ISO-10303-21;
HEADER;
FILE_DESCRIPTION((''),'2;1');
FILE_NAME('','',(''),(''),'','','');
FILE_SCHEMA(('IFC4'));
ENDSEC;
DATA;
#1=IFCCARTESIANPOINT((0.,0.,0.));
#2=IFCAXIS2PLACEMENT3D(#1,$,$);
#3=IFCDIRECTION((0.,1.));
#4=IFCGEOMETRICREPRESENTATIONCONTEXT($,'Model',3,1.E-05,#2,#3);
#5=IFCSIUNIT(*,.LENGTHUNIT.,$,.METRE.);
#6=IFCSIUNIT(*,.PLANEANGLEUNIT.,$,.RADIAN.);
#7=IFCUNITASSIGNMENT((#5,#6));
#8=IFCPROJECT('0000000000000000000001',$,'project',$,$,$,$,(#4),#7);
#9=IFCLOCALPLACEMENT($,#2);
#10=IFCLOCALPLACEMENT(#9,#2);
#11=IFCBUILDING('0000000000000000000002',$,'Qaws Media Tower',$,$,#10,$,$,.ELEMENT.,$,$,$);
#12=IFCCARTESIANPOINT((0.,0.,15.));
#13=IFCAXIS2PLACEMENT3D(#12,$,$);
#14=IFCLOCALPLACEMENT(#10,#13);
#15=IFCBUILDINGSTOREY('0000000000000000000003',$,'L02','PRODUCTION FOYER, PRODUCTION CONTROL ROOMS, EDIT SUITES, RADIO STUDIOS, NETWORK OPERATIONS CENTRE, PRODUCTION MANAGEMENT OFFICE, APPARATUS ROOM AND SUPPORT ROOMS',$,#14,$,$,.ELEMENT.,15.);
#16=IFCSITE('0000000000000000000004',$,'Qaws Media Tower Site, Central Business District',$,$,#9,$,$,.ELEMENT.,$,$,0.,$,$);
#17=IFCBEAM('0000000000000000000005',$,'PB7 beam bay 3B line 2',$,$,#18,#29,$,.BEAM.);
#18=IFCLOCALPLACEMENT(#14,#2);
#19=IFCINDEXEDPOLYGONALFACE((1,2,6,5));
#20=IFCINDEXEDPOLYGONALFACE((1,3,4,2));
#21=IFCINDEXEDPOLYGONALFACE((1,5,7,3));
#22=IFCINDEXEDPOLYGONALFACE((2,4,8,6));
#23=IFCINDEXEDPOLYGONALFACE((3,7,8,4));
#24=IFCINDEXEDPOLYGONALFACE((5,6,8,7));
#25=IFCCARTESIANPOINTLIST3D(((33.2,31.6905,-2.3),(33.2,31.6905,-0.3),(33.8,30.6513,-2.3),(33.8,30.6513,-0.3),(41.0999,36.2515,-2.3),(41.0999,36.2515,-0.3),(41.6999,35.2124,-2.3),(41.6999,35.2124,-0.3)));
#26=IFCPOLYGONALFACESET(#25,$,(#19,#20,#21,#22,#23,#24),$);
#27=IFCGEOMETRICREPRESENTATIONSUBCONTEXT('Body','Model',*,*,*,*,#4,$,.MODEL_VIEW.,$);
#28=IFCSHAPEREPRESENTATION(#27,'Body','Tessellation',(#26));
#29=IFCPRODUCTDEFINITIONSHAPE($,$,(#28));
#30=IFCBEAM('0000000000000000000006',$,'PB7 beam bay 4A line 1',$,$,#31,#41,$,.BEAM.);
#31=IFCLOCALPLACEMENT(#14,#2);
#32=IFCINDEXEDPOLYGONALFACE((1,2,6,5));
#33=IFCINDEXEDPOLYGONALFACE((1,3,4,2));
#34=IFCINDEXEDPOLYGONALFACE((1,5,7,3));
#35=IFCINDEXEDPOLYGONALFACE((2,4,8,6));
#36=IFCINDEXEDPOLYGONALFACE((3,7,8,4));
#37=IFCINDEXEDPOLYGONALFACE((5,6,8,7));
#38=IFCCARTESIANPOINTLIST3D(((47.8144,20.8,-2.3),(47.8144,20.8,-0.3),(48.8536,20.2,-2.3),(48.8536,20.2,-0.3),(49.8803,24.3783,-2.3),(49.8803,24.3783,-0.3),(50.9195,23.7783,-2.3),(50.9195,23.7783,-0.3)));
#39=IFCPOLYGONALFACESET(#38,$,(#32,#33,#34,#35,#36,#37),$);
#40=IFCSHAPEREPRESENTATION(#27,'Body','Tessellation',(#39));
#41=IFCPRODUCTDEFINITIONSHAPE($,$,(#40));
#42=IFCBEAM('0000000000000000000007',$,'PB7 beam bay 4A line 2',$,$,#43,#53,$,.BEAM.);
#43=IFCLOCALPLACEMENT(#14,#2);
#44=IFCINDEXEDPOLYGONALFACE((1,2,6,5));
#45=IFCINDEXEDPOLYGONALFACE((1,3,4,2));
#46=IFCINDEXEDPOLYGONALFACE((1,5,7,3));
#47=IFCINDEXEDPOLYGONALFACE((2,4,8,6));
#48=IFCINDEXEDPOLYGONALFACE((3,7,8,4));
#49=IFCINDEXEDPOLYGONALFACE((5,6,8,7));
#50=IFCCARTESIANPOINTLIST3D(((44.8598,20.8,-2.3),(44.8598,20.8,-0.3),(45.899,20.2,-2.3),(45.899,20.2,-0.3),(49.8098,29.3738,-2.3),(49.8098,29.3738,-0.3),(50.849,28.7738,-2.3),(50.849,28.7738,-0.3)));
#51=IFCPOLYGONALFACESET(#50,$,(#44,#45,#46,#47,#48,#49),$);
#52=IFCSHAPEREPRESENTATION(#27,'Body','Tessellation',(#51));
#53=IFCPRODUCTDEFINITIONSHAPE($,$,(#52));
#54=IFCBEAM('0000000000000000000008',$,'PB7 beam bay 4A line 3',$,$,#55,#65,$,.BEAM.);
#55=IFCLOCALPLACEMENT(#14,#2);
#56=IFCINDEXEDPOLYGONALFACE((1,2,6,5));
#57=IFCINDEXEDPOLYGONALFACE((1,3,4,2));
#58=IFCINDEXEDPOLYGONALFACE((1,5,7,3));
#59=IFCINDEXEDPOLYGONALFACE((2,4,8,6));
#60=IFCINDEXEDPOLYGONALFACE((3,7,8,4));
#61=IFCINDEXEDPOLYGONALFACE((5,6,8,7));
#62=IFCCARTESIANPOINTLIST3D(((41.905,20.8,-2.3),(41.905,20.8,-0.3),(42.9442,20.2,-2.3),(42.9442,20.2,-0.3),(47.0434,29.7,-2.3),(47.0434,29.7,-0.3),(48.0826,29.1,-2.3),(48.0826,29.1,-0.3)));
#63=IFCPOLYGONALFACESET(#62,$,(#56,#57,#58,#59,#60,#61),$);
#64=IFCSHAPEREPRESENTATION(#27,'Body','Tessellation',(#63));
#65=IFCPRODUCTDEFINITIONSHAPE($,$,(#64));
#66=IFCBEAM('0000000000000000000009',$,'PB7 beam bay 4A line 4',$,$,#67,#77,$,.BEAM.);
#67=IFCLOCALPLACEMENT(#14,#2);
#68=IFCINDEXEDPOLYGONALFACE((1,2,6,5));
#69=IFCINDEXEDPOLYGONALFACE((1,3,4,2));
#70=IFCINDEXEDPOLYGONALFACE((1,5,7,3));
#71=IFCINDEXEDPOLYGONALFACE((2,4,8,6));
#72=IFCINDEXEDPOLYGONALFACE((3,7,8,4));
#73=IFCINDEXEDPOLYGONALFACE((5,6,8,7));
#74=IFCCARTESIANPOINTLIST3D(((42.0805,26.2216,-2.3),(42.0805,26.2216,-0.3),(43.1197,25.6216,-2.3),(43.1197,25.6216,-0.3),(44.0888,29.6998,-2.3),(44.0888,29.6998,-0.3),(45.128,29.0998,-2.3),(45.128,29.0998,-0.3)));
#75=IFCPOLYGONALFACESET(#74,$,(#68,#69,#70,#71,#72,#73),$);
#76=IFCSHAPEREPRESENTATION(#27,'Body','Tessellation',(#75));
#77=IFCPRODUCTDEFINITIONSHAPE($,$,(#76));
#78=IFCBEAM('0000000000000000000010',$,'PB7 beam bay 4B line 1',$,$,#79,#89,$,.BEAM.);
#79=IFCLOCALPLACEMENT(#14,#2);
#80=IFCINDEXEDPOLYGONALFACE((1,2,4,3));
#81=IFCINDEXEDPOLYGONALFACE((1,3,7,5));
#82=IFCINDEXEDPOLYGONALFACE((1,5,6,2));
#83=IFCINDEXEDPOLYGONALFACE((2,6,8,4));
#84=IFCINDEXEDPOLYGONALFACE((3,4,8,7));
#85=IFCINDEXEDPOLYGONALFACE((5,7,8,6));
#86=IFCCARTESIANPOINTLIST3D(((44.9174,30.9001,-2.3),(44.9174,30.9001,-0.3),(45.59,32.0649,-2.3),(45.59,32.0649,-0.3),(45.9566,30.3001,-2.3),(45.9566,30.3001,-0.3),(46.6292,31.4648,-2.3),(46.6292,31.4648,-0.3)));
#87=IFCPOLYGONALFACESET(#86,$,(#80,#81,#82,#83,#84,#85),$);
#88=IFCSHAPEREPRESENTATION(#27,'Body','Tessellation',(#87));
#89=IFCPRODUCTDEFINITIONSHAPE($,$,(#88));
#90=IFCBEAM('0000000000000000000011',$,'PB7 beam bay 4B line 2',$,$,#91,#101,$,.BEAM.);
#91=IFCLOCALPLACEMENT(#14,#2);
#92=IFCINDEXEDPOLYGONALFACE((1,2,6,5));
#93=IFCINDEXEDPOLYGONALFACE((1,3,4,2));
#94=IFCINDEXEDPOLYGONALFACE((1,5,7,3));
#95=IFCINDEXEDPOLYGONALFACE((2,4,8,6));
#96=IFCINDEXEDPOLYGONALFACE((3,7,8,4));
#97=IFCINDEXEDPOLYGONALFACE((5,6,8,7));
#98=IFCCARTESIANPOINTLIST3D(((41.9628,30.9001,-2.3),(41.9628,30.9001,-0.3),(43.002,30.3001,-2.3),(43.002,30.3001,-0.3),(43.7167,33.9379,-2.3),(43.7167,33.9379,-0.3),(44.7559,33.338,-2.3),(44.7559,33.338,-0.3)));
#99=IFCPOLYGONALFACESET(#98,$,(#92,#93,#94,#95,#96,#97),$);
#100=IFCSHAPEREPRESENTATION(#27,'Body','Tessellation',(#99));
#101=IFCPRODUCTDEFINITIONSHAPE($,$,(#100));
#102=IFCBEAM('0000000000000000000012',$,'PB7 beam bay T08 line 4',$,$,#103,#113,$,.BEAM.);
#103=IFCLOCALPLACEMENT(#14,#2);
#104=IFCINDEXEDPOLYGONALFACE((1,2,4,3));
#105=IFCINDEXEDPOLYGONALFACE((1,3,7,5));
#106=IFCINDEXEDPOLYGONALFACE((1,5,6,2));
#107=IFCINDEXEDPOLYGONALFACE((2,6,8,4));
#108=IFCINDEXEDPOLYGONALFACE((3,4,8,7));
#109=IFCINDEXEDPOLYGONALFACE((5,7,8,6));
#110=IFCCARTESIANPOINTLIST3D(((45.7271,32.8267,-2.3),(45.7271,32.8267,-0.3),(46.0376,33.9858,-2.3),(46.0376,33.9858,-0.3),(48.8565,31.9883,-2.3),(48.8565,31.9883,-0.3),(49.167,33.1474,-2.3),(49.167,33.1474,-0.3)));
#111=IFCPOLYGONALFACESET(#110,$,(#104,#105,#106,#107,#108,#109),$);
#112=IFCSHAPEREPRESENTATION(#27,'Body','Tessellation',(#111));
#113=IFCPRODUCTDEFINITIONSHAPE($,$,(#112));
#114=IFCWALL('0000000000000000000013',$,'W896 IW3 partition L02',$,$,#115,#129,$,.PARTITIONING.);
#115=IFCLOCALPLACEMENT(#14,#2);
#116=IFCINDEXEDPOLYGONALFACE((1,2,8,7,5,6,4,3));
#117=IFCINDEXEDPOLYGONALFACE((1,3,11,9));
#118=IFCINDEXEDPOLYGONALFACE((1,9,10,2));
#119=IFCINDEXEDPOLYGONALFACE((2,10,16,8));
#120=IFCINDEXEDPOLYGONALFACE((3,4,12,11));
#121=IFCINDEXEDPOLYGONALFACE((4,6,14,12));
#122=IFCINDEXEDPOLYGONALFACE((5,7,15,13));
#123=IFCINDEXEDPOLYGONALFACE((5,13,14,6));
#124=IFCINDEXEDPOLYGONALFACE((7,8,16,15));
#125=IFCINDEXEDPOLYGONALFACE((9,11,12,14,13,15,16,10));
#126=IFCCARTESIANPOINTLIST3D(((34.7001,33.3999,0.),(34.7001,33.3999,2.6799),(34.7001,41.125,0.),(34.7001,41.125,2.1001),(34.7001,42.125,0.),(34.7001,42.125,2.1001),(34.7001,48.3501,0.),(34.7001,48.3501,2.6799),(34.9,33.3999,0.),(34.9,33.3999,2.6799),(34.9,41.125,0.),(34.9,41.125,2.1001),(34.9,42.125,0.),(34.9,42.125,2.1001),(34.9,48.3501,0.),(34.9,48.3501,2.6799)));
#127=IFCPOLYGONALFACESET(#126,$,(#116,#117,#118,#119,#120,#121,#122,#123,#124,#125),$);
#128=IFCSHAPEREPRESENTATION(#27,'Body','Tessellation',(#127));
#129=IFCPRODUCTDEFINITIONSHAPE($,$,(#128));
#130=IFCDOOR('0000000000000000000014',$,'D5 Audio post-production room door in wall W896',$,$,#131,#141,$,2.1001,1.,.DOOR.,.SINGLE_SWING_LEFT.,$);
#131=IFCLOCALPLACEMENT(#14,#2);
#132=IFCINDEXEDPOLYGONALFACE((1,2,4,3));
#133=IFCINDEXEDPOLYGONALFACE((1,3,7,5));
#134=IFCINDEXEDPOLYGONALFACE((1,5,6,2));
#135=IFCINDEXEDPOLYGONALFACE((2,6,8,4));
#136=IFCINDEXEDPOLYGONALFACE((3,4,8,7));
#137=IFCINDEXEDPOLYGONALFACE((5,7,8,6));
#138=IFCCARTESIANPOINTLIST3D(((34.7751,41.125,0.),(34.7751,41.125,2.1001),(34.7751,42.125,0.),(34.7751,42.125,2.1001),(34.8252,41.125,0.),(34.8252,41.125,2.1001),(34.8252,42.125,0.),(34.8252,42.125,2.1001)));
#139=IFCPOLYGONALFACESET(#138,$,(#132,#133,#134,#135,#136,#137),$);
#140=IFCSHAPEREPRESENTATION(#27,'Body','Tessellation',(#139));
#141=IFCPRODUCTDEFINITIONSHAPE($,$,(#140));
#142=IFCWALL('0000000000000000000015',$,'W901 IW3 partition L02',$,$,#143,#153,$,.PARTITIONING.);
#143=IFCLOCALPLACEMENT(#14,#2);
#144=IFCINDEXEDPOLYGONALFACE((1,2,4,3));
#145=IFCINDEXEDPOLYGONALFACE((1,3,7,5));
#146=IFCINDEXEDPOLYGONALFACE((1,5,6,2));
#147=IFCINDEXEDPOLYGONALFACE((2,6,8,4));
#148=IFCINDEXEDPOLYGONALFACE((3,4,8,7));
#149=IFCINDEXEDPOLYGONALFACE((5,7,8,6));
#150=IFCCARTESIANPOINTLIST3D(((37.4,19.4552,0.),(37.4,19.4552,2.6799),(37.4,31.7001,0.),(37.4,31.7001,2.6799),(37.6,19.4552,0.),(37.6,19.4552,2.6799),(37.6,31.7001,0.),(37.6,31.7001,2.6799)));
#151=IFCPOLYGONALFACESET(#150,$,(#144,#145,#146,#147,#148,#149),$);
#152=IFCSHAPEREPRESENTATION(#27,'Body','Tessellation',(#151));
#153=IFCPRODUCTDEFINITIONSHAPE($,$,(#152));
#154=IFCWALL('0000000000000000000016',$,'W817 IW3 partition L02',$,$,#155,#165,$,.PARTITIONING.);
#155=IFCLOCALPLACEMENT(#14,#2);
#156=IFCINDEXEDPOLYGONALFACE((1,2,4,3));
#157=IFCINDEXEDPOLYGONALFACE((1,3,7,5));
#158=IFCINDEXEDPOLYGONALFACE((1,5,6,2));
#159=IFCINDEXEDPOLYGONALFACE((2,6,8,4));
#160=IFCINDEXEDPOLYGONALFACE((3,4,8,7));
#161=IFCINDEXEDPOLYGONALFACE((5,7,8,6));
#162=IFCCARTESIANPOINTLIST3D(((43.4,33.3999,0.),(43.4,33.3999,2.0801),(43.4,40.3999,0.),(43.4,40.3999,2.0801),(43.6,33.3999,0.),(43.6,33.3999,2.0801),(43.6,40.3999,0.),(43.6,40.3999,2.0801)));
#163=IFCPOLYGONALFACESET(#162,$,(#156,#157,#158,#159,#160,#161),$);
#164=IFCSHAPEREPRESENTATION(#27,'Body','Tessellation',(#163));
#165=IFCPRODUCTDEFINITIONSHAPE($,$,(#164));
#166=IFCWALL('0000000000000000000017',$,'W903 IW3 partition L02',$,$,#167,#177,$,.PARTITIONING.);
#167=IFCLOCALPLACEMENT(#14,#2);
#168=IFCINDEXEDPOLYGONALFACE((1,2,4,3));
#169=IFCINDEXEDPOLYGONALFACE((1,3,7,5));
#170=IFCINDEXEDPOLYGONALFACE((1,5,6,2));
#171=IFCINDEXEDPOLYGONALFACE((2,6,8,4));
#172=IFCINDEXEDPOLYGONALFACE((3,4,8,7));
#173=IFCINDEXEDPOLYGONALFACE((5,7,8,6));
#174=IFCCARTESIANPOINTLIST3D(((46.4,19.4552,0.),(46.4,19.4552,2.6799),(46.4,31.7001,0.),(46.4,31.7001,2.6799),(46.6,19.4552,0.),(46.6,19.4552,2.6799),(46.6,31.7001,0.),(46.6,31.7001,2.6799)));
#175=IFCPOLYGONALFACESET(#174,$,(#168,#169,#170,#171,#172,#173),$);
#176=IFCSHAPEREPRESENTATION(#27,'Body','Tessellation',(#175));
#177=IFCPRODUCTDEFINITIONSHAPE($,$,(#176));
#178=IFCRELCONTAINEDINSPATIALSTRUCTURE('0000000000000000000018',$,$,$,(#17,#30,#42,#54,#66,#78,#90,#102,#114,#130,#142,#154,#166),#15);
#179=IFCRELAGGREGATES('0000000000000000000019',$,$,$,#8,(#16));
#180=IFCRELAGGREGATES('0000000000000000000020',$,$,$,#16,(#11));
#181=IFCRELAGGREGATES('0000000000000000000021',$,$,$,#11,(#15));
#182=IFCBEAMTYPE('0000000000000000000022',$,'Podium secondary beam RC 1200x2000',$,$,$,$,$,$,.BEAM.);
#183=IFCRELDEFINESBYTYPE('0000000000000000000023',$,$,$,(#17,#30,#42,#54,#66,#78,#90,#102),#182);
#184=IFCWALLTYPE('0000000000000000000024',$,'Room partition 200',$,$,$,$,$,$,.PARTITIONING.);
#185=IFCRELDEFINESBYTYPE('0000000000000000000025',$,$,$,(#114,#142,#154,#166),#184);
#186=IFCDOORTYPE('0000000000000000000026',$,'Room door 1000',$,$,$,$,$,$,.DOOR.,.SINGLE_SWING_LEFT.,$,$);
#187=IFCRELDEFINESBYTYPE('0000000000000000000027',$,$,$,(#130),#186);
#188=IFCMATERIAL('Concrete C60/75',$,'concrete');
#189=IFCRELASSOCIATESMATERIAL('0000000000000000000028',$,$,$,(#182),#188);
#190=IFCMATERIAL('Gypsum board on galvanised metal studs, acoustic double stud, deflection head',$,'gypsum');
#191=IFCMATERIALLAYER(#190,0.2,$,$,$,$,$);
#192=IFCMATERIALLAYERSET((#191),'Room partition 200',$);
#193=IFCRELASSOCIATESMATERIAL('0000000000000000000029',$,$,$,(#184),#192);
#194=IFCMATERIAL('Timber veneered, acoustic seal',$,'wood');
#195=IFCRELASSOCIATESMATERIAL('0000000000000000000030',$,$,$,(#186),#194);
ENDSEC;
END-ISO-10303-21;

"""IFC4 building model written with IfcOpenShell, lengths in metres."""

from ifc_helpers import new_model, si_unit, direction, frame, frame_2d, origin, origin_2d, place, context, subcontext, project, spatial, rectangle, extrude, material, layer, layer_set, material_profile, profile_set, type_object, element, fill, save


model = new_model("IFC4")

# Units and contexts
model_context = context("Model", 3, precision=1e-05, world=origin(), true_north=direction((0.0, 1.0)))
body_context = subcontext(model_context, "Body", "Model", "MODEL_VIEW")
ifc_project = project(units=[si_unit("LENGTHUNIT", "METRE"), si_unit("PLANEANGLEUNIT", "RADIAN")], contexts=[model_context])

# Site, building, storey
site_placement = place(None, origin())
site = spatial("IfcSite", under=ifc_project, at=site_placement, Name="Qaws Media Tower Site, Central Business District", CompositionType="ELEMENT", RefElevation=0.0)
building_placement = place(site_placement, origin())
building = spatial("IfcBuilding", under=site, at=building_placement, Name="Qaws Media Tower", CompositionType="ELEMENT")
storey_placement = place(building_placement, frame((0.0, 0.0, 15.0)))
storey = spatial("IfcBuildingStorey", under=building, at=storey_placement, Name="L02", Description="PRODUCTION FOYER, PRODUCTION CONTROL ROOMS, EDIT SUITES, RADIO STUDIOS, NETWORK OPERATIONS CENTRE, PRODUCTION MANAGEMENT OFFICE, APPARATUS ROOM AND SUPPORT ROOMS", CompositionType="ELEMENT", Elevation=15.0)

# Beams
ifc_material_1 = material(Name="Concrete C60/75", Category="concrete")
ifc_material_profile_1 = material_profile(ifc_material_1, rectangle(XDim=1.2, YDim=2.0, at=origin_2d()), Name="RC 1200x2000")
ifc_profile_set_1 = profile_set([ifc_material_profile_1], Name="Concrete C60/75")
beam_type_1 = type_object("IfcBeamType", Name="Podium secondary beam RC 1200x2000", PredefinedType="BEAM", material=ifc_profile_set_1)
beam_1_placement = place(storey_placement, frame((33.5, 31.1709, -1.3), z_axis=(0.866024, 0.500002, 0.0), x_axis=(-0.500002, 0.866024, 0.0)))
element("IfcBeam", 1, at=beam_1_placement, inside=storey, type_object=beam_type_1, Name="PB7 beam bay 3B line 2", PredefinedType="BEAM", context=body_context, shape_type="SweptSolid", body=[
    extrude(rectangle(XDim=1.2, YDim=2.0, at=origin_2d()), origin(), (0.0, 0.0, 1.0), 9.1221),
])
beam_2_placement = place(storey_placement, frame((48.334, 20.5, -1.3), z_axis=(0.49999, 0.866031, 0.0), x_axis=(-0.866031, 0.49999, 0.0)))
element("IfcBeam", 2, at=beam_2_placement, inside=storey, type_object=beam_type_1, Name="PB7 beam bay 4A line 1", PredefinedType="BEAM", context=body_context, shape_type="SweptSolid", body=[
    extrude(rectangle(XDim=1.2, YDim=2.0, at=origin_2d()), origin(), (0.0, 0.0, 1.0), 4.1318),
])
beam_3_placement = place(storey_placement, frame((45.3794, 20.5, -1.3), z_axis=(0.499993, 0.86603, 0.0), x_axis=(-0.86603, 0.499993, 0.0)))
element("IfcBeam", 3, at=beam_3_placement, inside=storey, type_object=beam_type_1, Name="PB7 beam bay 4A line 2", PredefinedType="BEAM", context=body_context, shape_type="SweptSolid", body=[
    extrude(rectangle(XDim=1.2, YDim=2.0, at=origin_2d()), origin(), (0.0, 0.0, 1.0), 9.9001),
])
beam_4_placement = place(storey_placement, frame((42.4246, 20.5, -1.3), z_axis=(0.500005, 0.866023, 0.0), x_axis=(-0.866023, 0.500005, 0.0)))
element("IfcBeam", 4, at=beam_4_placement, inside=storey, type_object=beam_type_1, Name="PB7 beam bay 4A line 3", PredefinedType="BEAM", context=body_context, shape_type="SweptSolid", body=[
    extrude(rectangle(XDim=1.2, YDim=2.0, at=origin_2d()), origin(), (0.0, 0.0, 1.0), 10.2769),
])
beam_5_placement = place(storey_placement, frame((42.6001, 25.9216, -1.3), z_axis=(0.500022, 0.866012, 0.0), x_axis=(-0.866012, 0.500022, 0.0)))
element("IfcBeam", 5, at=beam_5_placement, inside=storey, type_object=beam_type_1, Name="PB7 beam bay 4A line 4", PredefinedType="BEAM", context=body_context, shape_type="SweptSolid", body=[
    extrude(rectangle(XDim=1.2, YDim=2.0, at=origin_2d()), origin(), (0.0, 0.0, 1.0), 4.0164),
])
beam_6_placement = place(storey_placement, frame((45.437, 30.6001, -1.3), z_axis=(0.500063, 0.865989, 0.0), x_axis=(-0.865989, 0.500063, 0.0)))
element("IfcBeam", 6, at=beam_6_placement, inside=storey, type_object=beam_type_1, Name="PB7 beam bay 4B line 1", PredefinedType="BEAM", context=body_context, shape_type="SweptSolid", body=[
    extrude(rectangle(XDim=1.2, YDim=2.0, at=origin_2d()), origin(), (0.0, 0.0, 1.0), 1.345),
])
beam_7_placement = place(storey_placement, frame((42.4824, 30.6001, -1.3), z_axis=(0.500002, 0.866024, 0.0), x_axis=(-0.866024, 0.500002, 0.0)))
element("IfcBeam", 7, at=beam_7_placement, inside=storey, type_object=beam_type_1, Name="PB7 beam bay 4B line 2", PredefinedType="BEAM", context=body_context, shape_type="SweptSolid", body=[
    extrude(rectangle(XDim=1.2, YDim=2.0, at=origin_2d()), origin(), (0.0, 0.0, 1.0), 3.5078),
])
beam_8_placement = place(storey_placement, frame((49.0117, 32.5679, -1.3), z_axis=(-0.965937, 0.258779, 0.0), x_axis=(-0.258779, -0.965937, 0.0)))
element("IfcBeam", 8, at=beam_8_placement, inside=storey, type_object=beam_type_1, Name="PB7 beam bay T08 line 4", PredefinedType="BEAM", context=body_context, shape_type="SweptSolid", body=[
    extrude(rectangle(XDim=1.2, YDim=2.0, at=origin_2d()), origin(), (0.0, 0.0, 1.0), 3.2397),
])

# Wall, opening, door
ifc_material_2 = material(Name="Gypsum board on galvanised metal studs, acoustic double stud, deflection head", Category="gypsum")
ifc_layer = layer(ifc_material_2, 0.2)
ifc_layer_set = layer_set([ifc_layer], Name="Room partition 200")
wall_type = type_object("IfcWallType", Name="Room partition 200", PredefinedType="PARTITIONING", material=ifc_layer_set)
wall_1_placement = place(storey_placement, frame((34.8, 33.3999, 0.0), z_axis=(0.0, 0.0, 1.0), x_axis=(0.0, 1.0, 0.0)))
wall_1 = element("IfcWall", 9, at=wall_1_placement, inside=storey, type_object=wall_type, Name="W896 IW3 partition L02", PredefinedType="PARTITIONING", context=body_context, shape_type="SweptSolid", body=[
    extrude(rectangle(XDim=14.9502, YDim=0.2, at=frame_2d((7.4751, 0.0))), origin(), (0.0, 0.0, 1.0), 2.6799),
])
opening_1_placement = place(wall_1_placement, frame((7.7251, 0.0, 0.0)))
opening_1 = element("IfcOpeningElement", 10, at=opening_1_placement, cuts=wall_1, PredefinedType="OPENING", context=body_context, shape_type="SweptSolid", body=[
    extrude(rectangle(XDim=1.0, YDim=2.1001, at=frame_2d((0.5, 1.05))), frame((0.0, 0.1099, 0.0), z_axis=(0.0, -1.0, 0.0), x_axis=(1.0, 0.0, 0.0)), (0.0, 0.0, 1.0), 0.22),
])
ifc_material_3 = material(Name="Timber veneered, acoustic seal", Category="wood")
door_type_1 = type_object("IfcDoorType", Name="Room door 1000", OperationType="SINGLE_SWING_LEFT", PredefinedType="DOOR", material=ifc_material_3)
door_1_placement = place(opening_1_placement, origin())
door_1 = element("IfcDoor", 11, at=door_1_placement, inside=storey, type_object=door_type_1, Name="D5 Audio post-production room door in wall W896", OperationType="SINGLE_SWING_LEFT", OverallHeight=2.1001, OverallWidth=1.0, PredefinedType="DOOR", context=body_context, shape_type="SweptSolid", body=[
    extrude(rectangle(XDim=1.0, YDim=2.1001, at=frame_2d((0.5, 1.05))), frame((0.0, 0.0249, 0.0), z_axis=(0.0, -1.0, 0.0), x_axis=(1.0, 0.0, 0.0)), (0.0, 0.0, 1.0), 0.05),
])
fill(opening_1, door_1)

# Walls
wall_2_placement = place(storey_placement, frame((37.5, 19.4551, 0.0), z_axis=(0.0, 0.0, 1.0), x_axis=(0.0, 1.0, 0.0)))
element("IfcWall", 12, at=wall_2_placement, inside=storey, type_object=wall_type, Name="W901 IW3 partition L02", PredefinedType="PARTITIONING", context=body_context, shape_type="SweptSolid", body=[
    extrude(rectangle(XDim=12.2449, YDim=0.2, at=frame_2d((6.1226, 0.0))), origin(), (0.0, 0.0, 1.0), 2.6799),
])
wall_3_placement = place(storey_placement, frame((43.5, 33.3999, 0.0), z_axis=(0.0, 0.0, 1.0), x_axis=(0.0, 1.0, 0.0)))
element("IfcWall", 13, at=wall_3_placement, inside=storey, type_object=wall_type, Name="W817 IW3 partition L02", PredefinedType="PARTITIONING", context=body_context, shape_type="SweptSolid", body=[
    extrude(rectangle(XDim=7.0, YDim=0.2, at=frame_2d((3.5, 0.0))), origin(), (0.0, 0.0, 1.0), 2.0801),
])
wall_4_placement = place(storey_placement, frame((46.5, 19.4551, 0.0), z_axis=(0.0, 0.0, 1.0), x_axis=(0.0, 1.0, 0.0)))
element("IfcWall", 14, at=wall_4_placement, inside=storey, type_object=wall_type, Name="W903 IW3 partition L02", PredefinedType="PARTITIONING", context=body_context, shape_type="SweptSolid", body=[
    extrude(rectangle(XDim=12.2449, YDim=0.2, at=frame_2d((6.1226, 0.0))), origin(), (0.0, 0.0, 1.0), 2.6799),
])

save(model, "model.ifc")
